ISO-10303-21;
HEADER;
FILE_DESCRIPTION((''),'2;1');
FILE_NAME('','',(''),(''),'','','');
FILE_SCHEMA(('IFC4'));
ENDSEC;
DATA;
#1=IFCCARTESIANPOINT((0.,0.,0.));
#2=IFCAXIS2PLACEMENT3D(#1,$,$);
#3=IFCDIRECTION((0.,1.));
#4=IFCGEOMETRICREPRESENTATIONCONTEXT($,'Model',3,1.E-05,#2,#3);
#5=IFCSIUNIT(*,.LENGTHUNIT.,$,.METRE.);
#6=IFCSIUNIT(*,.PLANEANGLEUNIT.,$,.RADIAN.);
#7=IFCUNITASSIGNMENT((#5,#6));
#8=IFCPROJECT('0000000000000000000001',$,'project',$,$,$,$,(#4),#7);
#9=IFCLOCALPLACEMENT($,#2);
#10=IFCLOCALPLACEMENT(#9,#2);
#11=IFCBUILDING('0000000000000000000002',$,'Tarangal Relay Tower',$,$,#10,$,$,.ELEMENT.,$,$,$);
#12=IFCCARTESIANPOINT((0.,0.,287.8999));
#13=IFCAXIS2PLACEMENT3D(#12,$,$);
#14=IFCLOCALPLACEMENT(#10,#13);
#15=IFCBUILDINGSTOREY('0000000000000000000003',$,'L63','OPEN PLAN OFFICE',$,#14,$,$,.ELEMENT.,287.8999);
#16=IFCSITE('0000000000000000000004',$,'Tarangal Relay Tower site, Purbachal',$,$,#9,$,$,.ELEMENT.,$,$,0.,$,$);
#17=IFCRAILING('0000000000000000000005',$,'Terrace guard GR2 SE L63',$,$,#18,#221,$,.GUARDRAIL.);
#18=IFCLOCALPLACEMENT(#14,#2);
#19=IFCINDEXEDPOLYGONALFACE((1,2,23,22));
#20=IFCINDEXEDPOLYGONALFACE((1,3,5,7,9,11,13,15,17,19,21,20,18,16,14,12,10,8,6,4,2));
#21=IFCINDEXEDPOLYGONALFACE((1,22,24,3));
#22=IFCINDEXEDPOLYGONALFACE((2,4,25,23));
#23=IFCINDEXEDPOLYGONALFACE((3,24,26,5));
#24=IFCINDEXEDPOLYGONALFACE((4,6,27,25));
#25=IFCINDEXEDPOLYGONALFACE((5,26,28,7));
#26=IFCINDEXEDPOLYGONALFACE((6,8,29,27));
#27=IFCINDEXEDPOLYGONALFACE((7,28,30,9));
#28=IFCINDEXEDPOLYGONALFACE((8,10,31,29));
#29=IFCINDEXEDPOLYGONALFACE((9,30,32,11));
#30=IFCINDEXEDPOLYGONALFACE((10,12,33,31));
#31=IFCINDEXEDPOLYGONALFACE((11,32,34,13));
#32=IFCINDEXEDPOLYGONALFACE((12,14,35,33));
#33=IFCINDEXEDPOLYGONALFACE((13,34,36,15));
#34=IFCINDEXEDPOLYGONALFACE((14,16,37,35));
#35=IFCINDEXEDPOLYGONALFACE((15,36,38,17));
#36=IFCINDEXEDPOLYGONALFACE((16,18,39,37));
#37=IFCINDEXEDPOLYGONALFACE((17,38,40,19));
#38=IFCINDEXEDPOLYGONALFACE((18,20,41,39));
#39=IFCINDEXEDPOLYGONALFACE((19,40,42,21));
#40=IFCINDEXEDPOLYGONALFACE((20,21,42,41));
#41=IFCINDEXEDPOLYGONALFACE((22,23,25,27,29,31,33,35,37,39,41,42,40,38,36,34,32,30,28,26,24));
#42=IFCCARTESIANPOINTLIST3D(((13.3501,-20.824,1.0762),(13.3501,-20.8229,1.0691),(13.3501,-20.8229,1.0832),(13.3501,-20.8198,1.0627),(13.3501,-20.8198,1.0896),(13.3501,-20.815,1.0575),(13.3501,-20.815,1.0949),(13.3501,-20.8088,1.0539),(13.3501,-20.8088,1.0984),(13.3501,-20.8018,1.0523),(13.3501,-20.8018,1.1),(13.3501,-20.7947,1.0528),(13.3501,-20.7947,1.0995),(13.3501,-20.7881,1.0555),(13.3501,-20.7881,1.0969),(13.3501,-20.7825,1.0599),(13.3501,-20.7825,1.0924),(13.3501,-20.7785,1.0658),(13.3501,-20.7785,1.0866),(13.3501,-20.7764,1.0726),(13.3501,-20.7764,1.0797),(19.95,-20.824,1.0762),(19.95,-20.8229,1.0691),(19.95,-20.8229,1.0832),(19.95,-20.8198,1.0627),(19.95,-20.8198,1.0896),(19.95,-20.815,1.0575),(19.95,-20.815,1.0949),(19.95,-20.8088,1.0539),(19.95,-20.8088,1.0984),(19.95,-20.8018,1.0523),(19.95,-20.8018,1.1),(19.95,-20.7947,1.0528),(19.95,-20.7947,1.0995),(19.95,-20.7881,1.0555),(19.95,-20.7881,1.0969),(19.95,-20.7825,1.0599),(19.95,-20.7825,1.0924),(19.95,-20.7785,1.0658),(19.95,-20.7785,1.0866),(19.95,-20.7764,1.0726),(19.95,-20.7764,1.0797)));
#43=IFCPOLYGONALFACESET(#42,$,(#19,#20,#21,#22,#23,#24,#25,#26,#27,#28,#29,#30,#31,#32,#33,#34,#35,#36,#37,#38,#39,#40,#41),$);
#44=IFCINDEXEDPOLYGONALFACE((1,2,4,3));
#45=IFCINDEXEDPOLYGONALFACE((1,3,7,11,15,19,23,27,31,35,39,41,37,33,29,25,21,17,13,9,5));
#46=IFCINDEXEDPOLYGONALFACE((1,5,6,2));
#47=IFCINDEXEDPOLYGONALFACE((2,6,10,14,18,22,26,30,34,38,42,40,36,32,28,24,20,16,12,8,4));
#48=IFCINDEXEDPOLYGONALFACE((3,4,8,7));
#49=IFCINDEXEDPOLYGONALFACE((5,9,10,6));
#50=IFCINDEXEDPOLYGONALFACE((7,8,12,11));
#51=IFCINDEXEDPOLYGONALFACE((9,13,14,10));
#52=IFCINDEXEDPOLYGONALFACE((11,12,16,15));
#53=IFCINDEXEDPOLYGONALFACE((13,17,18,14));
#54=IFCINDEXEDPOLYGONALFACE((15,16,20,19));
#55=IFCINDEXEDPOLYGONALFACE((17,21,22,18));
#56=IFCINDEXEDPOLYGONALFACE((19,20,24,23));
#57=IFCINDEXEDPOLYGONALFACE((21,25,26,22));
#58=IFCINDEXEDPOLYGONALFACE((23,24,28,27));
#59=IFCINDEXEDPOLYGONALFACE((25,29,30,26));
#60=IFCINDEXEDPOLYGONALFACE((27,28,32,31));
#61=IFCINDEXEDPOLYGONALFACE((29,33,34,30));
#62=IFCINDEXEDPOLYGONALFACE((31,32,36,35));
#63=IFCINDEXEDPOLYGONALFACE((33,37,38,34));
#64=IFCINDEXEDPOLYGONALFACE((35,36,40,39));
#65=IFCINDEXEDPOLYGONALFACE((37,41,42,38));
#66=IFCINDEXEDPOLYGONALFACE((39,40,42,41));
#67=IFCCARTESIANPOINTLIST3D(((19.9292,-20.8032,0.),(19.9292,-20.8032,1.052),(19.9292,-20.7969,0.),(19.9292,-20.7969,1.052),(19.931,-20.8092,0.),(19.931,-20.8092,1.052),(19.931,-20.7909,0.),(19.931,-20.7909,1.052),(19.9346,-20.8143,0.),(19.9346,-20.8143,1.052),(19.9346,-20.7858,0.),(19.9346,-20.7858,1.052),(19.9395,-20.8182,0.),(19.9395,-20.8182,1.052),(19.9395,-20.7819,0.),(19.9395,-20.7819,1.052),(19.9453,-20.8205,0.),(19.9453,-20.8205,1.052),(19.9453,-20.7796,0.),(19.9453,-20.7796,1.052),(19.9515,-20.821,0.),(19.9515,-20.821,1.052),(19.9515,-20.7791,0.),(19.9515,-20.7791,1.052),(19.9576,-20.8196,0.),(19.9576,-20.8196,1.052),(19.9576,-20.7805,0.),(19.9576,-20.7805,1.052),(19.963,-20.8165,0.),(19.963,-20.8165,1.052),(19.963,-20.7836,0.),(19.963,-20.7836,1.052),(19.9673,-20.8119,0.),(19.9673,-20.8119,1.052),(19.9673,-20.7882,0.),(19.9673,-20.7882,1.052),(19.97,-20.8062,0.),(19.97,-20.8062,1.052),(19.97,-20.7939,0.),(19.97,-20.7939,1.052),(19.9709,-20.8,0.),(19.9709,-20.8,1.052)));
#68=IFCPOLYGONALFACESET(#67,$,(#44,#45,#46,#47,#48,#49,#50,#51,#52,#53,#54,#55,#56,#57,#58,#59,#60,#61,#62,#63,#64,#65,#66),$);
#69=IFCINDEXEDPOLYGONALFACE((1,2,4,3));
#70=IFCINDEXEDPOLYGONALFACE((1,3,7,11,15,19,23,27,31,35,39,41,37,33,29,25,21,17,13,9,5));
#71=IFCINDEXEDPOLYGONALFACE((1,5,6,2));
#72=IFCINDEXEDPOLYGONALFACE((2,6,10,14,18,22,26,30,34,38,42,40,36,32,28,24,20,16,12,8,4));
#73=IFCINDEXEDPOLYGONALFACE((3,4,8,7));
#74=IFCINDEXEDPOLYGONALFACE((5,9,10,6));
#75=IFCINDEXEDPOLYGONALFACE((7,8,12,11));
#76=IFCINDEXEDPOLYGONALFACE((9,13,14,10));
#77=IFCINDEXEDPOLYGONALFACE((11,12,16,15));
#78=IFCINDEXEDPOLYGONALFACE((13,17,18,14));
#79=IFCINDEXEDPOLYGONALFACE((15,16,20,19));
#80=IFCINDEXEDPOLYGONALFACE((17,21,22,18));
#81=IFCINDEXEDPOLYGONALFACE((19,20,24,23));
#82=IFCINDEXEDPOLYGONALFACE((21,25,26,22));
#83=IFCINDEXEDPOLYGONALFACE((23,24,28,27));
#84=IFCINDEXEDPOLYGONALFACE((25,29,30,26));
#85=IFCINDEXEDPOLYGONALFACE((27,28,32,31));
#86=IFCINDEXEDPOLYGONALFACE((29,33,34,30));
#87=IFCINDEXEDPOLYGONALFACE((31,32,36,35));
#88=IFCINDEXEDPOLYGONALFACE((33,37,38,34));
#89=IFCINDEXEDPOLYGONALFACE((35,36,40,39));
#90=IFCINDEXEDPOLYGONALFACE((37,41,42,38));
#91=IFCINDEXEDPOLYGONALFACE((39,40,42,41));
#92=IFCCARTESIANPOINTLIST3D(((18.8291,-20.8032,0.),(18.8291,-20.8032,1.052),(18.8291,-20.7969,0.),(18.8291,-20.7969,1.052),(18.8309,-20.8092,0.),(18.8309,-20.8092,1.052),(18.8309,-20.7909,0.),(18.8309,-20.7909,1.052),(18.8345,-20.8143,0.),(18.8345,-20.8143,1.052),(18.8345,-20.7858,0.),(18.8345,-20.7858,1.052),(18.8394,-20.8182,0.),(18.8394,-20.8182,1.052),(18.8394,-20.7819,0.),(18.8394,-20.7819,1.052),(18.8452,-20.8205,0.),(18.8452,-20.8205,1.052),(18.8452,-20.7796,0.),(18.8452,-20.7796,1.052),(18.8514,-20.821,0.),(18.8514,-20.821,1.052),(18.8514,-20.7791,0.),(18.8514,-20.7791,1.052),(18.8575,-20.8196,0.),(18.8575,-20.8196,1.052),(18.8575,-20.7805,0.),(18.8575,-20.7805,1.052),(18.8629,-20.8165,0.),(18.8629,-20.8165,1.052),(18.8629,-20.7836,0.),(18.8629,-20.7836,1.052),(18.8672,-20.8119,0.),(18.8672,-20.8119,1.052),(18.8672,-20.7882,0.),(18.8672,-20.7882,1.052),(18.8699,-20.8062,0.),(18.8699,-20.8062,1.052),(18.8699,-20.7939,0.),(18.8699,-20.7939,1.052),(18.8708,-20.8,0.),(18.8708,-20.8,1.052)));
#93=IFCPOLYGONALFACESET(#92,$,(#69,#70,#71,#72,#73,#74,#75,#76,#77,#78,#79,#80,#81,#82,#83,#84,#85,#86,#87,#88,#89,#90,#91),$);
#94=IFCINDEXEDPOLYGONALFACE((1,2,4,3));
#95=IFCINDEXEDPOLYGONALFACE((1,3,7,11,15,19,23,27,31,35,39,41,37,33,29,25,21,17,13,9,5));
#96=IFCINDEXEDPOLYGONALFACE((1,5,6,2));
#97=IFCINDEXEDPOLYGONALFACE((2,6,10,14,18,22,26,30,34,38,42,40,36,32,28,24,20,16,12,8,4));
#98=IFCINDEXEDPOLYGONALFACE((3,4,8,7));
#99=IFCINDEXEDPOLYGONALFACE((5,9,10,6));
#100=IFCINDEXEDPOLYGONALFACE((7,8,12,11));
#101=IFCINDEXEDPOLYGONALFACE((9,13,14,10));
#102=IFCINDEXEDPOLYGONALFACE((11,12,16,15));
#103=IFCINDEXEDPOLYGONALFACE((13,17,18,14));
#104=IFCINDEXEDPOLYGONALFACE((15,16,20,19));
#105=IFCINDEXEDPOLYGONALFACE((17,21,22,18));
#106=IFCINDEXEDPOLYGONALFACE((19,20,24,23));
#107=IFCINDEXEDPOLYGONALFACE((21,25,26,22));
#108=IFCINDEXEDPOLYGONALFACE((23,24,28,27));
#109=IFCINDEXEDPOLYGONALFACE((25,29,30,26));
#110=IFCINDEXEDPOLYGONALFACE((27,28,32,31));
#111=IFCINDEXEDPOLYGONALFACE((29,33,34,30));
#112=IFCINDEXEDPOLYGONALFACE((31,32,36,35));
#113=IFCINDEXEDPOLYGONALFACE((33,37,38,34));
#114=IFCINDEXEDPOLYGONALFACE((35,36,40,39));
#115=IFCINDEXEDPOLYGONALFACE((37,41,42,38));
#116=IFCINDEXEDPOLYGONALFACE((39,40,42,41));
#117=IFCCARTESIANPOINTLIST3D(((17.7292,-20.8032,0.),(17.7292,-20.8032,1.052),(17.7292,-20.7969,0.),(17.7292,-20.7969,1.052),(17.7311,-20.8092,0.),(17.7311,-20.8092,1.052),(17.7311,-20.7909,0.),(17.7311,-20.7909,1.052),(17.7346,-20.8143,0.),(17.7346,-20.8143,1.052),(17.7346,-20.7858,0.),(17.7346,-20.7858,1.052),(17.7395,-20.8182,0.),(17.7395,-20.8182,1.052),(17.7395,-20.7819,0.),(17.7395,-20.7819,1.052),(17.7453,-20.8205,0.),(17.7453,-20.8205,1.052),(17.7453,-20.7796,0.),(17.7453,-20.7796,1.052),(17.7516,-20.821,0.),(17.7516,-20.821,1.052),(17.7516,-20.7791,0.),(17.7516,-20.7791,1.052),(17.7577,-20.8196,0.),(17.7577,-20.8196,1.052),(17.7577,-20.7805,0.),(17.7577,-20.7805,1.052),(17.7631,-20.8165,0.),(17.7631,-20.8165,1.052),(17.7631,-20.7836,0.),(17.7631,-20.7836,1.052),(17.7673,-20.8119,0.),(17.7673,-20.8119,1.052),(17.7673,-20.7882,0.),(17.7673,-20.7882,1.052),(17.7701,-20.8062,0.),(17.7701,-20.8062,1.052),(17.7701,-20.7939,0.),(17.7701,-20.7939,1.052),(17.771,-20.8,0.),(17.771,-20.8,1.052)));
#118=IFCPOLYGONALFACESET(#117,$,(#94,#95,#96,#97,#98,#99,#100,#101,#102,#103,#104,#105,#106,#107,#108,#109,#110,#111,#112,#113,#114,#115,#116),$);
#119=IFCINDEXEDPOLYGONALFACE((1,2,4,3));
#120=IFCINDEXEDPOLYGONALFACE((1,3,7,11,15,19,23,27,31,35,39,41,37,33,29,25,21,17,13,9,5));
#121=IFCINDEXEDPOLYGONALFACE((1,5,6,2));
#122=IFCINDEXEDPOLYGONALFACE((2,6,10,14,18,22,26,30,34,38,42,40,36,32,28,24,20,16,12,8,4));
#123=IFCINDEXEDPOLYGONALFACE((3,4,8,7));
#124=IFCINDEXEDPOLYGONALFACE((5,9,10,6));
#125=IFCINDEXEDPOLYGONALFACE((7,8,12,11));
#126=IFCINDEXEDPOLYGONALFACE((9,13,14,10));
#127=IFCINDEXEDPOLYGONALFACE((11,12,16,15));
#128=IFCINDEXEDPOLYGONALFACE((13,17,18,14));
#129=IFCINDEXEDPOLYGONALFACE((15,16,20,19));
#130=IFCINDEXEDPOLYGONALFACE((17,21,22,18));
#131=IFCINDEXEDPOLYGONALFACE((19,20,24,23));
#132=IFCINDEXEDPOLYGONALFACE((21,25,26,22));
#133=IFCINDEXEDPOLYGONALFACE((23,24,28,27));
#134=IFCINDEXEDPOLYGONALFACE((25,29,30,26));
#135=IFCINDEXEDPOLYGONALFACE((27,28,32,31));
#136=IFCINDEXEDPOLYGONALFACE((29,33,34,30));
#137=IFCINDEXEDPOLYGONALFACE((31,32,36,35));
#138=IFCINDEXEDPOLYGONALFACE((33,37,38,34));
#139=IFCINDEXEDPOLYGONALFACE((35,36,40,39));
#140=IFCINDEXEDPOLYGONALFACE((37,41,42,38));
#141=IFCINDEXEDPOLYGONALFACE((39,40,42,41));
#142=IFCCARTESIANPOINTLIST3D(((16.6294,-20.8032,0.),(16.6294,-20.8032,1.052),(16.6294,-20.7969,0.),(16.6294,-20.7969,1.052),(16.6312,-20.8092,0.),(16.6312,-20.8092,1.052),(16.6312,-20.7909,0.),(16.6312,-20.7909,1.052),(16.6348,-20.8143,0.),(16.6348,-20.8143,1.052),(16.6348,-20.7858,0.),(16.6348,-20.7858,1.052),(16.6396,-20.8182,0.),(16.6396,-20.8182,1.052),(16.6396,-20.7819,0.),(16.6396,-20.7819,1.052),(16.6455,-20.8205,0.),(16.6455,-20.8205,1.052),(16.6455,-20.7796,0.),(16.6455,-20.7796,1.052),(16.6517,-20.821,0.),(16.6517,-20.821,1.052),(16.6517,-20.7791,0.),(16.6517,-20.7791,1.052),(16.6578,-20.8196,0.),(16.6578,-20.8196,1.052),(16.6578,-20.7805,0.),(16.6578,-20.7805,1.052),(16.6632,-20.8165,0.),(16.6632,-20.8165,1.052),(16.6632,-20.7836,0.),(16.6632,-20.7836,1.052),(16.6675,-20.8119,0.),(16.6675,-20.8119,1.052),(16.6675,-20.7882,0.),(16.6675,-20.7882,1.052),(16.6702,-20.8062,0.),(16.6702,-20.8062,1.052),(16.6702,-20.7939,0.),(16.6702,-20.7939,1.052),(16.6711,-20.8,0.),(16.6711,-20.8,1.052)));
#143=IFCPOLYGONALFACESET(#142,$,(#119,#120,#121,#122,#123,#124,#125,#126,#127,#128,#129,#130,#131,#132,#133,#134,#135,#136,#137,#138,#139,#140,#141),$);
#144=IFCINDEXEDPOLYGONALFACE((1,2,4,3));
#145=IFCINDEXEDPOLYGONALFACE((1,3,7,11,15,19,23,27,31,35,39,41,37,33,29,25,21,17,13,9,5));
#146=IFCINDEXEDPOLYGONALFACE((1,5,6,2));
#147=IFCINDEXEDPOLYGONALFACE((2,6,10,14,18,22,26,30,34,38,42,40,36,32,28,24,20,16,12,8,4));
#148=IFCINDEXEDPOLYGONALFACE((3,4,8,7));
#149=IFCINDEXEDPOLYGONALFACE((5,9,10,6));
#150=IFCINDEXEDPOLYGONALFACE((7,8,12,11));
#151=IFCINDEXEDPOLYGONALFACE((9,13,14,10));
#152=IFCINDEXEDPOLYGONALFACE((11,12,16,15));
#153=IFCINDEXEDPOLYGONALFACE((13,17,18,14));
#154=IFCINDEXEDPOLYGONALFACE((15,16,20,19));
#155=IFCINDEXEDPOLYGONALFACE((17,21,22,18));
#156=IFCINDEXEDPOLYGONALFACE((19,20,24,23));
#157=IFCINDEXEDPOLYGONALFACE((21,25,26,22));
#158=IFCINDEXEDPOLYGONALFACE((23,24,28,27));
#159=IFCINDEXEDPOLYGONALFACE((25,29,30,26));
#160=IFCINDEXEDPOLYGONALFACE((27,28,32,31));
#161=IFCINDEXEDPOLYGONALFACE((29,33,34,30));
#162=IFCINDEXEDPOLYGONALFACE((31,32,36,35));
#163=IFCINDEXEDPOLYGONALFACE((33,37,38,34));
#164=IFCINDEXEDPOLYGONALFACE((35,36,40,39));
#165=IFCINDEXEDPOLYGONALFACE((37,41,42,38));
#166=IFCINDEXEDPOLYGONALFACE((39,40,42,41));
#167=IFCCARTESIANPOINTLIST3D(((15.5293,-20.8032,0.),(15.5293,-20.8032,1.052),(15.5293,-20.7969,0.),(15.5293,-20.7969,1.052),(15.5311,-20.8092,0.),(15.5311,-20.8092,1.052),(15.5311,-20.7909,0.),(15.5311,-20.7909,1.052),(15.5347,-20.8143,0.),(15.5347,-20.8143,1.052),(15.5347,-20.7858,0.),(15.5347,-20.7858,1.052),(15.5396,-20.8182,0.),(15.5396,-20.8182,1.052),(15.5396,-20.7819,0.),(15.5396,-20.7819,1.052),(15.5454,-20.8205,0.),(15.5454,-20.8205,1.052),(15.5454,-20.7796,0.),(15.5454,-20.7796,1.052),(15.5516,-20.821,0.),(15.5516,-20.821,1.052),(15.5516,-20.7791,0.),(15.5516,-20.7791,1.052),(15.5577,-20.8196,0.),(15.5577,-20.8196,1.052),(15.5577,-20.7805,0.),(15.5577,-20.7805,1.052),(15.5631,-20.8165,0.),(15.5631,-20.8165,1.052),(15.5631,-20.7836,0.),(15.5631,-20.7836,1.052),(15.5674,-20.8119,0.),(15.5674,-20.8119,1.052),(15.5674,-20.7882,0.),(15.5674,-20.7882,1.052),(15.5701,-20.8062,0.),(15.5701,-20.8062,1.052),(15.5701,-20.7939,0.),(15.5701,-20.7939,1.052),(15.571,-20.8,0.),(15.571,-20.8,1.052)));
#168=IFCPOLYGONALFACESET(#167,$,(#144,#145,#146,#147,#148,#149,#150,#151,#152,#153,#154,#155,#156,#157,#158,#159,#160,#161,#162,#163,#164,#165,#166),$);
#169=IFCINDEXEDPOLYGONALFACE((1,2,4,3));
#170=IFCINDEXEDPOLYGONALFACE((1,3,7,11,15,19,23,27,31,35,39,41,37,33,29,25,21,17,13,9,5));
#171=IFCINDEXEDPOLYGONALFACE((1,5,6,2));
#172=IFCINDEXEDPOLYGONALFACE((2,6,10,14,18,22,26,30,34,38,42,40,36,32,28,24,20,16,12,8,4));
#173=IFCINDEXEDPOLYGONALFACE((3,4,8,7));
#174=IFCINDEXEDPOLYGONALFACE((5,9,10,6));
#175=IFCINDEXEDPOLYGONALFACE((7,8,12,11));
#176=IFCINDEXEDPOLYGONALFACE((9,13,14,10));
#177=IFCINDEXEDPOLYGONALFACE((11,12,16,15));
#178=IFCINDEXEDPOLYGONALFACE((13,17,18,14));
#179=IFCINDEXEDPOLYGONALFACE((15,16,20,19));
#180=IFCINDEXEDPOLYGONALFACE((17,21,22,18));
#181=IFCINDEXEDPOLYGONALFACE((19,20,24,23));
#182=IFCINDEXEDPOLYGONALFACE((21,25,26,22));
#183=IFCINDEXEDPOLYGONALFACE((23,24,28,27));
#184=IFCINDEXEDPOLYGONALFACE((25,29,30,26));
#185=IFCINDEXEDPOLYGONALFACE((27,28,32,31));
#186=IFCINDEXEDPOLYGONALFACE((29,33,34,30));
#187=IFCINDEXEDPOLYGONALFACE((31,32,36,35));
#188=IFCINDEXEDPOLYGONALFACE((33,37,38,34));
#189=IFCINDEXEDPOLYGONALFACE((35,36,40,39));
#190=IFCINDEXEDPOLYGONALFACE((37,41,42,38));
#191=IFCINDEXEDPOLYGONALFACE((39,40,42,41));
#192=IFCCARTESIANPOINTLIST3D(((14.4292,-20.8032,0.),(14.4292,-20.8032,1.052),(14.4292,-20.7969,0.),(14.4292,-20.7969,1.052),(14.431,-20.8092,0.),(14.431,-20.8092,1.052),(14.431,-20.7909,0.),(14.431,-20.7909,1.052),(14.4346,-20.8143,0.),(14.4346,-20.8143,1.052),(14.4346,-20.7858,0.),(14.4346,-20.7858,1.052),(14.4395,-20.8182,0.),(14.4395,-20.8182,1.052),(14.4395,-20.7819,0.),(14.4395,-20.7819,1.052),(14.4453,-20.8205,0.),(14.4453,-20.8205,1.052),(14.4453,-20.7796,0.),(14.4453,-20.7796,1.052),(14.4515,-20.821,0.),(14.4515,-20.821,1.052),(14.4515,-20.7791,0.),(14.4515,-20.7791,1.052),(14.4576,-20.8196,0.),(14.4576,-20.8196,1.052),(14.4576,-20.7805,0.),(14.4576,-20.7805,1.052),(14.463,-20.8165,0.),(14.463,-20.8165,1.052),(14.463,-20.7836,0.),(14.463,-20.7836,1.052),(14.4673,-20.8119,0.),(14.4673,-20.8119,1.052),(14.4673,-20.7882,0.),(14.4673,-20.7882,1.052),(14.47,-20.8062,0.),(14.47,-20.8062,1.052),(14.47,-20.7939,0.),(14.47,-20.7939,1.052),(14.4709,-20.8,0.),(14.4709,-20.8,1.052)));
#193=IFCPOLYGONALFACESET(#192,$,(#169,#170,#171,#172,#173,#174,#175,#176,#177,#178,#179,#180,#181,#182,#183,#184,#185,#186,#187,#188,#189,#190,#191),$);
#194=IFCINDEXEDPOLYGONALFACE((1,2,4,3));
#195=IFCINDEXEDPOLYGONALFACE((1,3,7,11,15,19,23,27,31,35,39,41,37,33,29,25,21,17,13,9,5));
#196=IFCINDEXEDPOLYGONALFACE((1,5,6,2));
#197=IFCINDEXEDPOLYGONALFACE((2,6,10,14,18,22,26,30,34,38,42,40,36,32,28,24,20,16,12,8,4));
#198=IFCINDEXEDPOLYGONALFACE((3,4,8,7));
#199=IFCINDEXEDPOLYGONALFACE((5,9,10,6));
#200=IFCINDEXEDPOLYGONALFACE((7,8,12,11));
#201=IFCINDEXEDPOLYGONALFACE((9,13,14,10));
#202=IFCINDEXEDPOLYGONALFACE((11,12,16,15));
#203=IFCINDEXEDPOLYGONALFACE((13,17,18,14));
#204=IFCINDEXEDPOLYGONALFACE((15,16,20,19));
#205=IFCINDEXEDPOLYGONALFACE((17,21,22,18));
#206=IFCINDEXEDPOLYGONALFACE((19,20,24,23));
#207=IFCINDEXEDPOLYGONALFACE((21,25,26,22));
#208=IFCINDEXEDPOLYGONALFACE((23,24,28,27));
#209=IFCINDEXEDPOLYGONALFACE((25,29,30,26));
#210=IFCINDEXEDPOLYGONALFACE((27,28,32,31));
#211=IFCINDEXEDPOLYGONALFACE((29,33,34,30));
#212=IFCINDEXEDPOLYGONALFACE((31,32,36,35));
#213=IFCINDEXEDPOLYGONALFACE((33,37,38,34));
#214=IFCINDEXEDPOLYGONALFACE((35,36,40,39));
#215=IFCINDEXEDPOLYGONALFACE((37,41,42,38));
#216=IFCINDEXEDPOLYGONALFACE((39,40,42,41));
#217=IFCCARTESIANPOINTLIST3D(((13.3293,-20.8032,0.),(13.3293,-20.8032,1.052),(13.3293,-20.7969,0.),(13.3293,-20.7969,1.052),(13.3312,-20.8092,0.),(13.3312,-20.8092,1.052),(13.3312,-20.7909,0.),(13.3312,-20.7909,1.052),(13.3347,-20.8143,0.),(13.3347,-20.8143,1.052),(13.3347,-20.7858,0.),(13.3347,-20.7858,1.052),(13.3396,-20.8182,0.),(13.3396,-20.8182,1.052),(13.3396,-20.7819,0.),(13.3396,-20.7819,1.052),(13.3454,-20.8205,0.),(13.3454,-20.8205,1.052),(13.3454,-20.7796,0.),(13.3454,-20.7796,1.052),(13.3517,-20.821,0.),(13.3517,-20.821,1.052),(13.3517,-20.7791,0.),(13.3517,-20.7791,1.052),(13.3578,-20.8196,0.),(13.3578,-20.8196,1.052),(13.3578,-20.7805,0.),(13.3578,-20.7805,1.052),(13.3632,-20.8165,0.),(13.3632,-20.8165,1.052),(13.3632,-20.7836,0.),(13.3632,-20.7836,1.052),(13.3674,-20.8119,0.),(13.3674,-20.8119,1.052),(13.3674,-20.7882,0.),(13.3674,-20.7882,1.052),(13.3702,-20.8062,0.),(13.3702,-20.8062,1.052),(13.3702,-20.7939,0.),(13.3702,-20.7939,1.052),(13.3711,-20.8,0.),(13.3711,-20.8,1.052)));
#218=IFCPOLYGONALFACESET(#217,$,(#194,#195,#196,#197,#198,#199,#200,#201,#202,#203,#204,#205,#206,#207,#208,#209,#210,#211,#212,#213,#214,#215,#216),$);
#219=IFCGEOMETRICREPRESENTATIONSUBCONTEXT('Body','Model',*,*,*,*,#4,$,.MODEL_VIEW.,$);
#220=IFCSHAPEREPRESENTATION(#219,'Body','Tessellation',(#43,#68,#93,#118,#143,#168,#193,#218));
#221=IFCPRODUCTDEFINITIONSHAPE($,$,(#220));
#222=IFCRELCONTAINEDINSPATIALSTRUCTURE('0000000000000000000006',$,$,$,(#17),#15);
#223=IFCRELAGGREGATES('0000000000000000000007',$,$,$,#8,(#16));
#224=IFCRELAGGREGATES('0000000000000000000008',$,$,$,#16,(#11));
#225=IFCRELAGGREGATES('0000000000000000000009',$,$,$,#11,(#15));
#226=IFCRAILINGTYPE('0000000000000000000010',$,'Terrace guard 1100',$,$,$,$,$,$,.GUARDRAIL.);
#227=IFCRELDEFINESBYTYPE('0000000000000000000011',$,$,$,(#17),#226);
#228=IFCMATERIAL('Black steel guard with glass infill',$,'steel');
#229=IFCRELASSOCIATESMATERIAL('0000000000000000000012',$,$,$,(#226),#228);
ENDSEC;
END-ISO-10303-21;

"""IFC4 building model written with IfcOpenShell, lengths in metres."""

from ifc_helpers import new_model, si_unit, direction, frame, origin, origin_2d, place, context, subcontext, project, spatial, circle, extrude, material, type_object, element, save


model = new_model("IFC4")

# Units and contexts
model_context = context("Model", 3, precision=1e-05, world=origin(), true_north=direction((0.0, 1.0)))
body_context = subcontext(model_context, "Body", "Model", "MODEL_VIEW")
ifc_project = project(units=[si_unit("LENGTHUNIT", "METRE"), si_unit("PLANEANGLEUNIT", "RADIAN")], contexts=[model_context])

# Site, building, storey
site_placement = place(None, origin())
site = spatial("IfcSite", under=ifc_project, at=site_placement, Name="Tarangal Relay Tower site, Purbachal", CompositionType="ELEMENT", RefElevation=0.0)
building_placement = place(site_placement, origin())
building = spatial("IfcBuilding", under=site, at=building_placement, Name="Tarangal Relay Tower", CompositionType="ELEMENT")
storey_placement = place(building_placement, frame((0.0, 0.0, 287.8999)))
storey = spatial("IfcBuildingStorey", under=building, at=storey_placement, Name="L63", Description="OPEN PLAN OFFICE", CompositionType="ELEMENT", Elevation=287.8999)

# Railing
ifc_material_1 = material(Name="Black steel guard with glass infill", Category="steel")
railing_type = type_object("IfcRailingType", Name="Terrace guard 1100", PredefinedType="GUARDRAIL", material=ifc_material_1)
railing_1_placement = place(storey_placement, frame((19.95, -20.8, 0.0)))
element("IfcRailing", 1, at=railing_1_placement, inside=storey, type_object=railing_type, Name="Terrace guard GR2 SE L63", PredefinedType="GUARDRAIL", context=body_context, shape_type="SweptSolid", body=[
    extrude(circle(Radius=0.0239, at=origin_2d()), frame((0.0, 0.0, 1.0762), z_axis=(-1.0, 0.0, 0.0), x_axis=(0.0, -1.0, 0.0)), (0.0, 0.0, 1.0), 6.5999),
    extrude(circle(Radius=0.021, at=origin_2d()), origin(), (0.0, 0.0, 1.0), 1.052),
    extrude(circle(Radius=0.021, at=origin_2d()), frame((-1.1001, 0.0, 0.0)), (0.0, 0.0, 1.0), 1.052),
    extrude(circle(Radius=0.021, at=origin_2d()), frame((-2.2, 0.0, 0.0)), (0.0, 0.0, 1.0), 1.052),
    extrude(circle(Radius=0.021, at=origin_2d()), frame((-3.2998, 0.0, 0.0)), (0.0, 0.0, 1.0), 1.052),
    extrude(circle(Radius=0.021, at=origin_2d()), frame((-4.3999, 0.0, 0.0)), (0.0, 0.0, 1.0), 1.052),
    extrude(circle(Radius=0.021, at=origin_2d()), frame((-5.5, 0.0, 0.0)), (0.0, 0.0, 1.0), 1.052),
    extrude(circle(Radius=0.021, at=origin_2d()), frame((-6.5999, 0.0, 0.0)), (0.0, 0.0, 1.0), 1.052),
])

save(model, "model.ifc")
